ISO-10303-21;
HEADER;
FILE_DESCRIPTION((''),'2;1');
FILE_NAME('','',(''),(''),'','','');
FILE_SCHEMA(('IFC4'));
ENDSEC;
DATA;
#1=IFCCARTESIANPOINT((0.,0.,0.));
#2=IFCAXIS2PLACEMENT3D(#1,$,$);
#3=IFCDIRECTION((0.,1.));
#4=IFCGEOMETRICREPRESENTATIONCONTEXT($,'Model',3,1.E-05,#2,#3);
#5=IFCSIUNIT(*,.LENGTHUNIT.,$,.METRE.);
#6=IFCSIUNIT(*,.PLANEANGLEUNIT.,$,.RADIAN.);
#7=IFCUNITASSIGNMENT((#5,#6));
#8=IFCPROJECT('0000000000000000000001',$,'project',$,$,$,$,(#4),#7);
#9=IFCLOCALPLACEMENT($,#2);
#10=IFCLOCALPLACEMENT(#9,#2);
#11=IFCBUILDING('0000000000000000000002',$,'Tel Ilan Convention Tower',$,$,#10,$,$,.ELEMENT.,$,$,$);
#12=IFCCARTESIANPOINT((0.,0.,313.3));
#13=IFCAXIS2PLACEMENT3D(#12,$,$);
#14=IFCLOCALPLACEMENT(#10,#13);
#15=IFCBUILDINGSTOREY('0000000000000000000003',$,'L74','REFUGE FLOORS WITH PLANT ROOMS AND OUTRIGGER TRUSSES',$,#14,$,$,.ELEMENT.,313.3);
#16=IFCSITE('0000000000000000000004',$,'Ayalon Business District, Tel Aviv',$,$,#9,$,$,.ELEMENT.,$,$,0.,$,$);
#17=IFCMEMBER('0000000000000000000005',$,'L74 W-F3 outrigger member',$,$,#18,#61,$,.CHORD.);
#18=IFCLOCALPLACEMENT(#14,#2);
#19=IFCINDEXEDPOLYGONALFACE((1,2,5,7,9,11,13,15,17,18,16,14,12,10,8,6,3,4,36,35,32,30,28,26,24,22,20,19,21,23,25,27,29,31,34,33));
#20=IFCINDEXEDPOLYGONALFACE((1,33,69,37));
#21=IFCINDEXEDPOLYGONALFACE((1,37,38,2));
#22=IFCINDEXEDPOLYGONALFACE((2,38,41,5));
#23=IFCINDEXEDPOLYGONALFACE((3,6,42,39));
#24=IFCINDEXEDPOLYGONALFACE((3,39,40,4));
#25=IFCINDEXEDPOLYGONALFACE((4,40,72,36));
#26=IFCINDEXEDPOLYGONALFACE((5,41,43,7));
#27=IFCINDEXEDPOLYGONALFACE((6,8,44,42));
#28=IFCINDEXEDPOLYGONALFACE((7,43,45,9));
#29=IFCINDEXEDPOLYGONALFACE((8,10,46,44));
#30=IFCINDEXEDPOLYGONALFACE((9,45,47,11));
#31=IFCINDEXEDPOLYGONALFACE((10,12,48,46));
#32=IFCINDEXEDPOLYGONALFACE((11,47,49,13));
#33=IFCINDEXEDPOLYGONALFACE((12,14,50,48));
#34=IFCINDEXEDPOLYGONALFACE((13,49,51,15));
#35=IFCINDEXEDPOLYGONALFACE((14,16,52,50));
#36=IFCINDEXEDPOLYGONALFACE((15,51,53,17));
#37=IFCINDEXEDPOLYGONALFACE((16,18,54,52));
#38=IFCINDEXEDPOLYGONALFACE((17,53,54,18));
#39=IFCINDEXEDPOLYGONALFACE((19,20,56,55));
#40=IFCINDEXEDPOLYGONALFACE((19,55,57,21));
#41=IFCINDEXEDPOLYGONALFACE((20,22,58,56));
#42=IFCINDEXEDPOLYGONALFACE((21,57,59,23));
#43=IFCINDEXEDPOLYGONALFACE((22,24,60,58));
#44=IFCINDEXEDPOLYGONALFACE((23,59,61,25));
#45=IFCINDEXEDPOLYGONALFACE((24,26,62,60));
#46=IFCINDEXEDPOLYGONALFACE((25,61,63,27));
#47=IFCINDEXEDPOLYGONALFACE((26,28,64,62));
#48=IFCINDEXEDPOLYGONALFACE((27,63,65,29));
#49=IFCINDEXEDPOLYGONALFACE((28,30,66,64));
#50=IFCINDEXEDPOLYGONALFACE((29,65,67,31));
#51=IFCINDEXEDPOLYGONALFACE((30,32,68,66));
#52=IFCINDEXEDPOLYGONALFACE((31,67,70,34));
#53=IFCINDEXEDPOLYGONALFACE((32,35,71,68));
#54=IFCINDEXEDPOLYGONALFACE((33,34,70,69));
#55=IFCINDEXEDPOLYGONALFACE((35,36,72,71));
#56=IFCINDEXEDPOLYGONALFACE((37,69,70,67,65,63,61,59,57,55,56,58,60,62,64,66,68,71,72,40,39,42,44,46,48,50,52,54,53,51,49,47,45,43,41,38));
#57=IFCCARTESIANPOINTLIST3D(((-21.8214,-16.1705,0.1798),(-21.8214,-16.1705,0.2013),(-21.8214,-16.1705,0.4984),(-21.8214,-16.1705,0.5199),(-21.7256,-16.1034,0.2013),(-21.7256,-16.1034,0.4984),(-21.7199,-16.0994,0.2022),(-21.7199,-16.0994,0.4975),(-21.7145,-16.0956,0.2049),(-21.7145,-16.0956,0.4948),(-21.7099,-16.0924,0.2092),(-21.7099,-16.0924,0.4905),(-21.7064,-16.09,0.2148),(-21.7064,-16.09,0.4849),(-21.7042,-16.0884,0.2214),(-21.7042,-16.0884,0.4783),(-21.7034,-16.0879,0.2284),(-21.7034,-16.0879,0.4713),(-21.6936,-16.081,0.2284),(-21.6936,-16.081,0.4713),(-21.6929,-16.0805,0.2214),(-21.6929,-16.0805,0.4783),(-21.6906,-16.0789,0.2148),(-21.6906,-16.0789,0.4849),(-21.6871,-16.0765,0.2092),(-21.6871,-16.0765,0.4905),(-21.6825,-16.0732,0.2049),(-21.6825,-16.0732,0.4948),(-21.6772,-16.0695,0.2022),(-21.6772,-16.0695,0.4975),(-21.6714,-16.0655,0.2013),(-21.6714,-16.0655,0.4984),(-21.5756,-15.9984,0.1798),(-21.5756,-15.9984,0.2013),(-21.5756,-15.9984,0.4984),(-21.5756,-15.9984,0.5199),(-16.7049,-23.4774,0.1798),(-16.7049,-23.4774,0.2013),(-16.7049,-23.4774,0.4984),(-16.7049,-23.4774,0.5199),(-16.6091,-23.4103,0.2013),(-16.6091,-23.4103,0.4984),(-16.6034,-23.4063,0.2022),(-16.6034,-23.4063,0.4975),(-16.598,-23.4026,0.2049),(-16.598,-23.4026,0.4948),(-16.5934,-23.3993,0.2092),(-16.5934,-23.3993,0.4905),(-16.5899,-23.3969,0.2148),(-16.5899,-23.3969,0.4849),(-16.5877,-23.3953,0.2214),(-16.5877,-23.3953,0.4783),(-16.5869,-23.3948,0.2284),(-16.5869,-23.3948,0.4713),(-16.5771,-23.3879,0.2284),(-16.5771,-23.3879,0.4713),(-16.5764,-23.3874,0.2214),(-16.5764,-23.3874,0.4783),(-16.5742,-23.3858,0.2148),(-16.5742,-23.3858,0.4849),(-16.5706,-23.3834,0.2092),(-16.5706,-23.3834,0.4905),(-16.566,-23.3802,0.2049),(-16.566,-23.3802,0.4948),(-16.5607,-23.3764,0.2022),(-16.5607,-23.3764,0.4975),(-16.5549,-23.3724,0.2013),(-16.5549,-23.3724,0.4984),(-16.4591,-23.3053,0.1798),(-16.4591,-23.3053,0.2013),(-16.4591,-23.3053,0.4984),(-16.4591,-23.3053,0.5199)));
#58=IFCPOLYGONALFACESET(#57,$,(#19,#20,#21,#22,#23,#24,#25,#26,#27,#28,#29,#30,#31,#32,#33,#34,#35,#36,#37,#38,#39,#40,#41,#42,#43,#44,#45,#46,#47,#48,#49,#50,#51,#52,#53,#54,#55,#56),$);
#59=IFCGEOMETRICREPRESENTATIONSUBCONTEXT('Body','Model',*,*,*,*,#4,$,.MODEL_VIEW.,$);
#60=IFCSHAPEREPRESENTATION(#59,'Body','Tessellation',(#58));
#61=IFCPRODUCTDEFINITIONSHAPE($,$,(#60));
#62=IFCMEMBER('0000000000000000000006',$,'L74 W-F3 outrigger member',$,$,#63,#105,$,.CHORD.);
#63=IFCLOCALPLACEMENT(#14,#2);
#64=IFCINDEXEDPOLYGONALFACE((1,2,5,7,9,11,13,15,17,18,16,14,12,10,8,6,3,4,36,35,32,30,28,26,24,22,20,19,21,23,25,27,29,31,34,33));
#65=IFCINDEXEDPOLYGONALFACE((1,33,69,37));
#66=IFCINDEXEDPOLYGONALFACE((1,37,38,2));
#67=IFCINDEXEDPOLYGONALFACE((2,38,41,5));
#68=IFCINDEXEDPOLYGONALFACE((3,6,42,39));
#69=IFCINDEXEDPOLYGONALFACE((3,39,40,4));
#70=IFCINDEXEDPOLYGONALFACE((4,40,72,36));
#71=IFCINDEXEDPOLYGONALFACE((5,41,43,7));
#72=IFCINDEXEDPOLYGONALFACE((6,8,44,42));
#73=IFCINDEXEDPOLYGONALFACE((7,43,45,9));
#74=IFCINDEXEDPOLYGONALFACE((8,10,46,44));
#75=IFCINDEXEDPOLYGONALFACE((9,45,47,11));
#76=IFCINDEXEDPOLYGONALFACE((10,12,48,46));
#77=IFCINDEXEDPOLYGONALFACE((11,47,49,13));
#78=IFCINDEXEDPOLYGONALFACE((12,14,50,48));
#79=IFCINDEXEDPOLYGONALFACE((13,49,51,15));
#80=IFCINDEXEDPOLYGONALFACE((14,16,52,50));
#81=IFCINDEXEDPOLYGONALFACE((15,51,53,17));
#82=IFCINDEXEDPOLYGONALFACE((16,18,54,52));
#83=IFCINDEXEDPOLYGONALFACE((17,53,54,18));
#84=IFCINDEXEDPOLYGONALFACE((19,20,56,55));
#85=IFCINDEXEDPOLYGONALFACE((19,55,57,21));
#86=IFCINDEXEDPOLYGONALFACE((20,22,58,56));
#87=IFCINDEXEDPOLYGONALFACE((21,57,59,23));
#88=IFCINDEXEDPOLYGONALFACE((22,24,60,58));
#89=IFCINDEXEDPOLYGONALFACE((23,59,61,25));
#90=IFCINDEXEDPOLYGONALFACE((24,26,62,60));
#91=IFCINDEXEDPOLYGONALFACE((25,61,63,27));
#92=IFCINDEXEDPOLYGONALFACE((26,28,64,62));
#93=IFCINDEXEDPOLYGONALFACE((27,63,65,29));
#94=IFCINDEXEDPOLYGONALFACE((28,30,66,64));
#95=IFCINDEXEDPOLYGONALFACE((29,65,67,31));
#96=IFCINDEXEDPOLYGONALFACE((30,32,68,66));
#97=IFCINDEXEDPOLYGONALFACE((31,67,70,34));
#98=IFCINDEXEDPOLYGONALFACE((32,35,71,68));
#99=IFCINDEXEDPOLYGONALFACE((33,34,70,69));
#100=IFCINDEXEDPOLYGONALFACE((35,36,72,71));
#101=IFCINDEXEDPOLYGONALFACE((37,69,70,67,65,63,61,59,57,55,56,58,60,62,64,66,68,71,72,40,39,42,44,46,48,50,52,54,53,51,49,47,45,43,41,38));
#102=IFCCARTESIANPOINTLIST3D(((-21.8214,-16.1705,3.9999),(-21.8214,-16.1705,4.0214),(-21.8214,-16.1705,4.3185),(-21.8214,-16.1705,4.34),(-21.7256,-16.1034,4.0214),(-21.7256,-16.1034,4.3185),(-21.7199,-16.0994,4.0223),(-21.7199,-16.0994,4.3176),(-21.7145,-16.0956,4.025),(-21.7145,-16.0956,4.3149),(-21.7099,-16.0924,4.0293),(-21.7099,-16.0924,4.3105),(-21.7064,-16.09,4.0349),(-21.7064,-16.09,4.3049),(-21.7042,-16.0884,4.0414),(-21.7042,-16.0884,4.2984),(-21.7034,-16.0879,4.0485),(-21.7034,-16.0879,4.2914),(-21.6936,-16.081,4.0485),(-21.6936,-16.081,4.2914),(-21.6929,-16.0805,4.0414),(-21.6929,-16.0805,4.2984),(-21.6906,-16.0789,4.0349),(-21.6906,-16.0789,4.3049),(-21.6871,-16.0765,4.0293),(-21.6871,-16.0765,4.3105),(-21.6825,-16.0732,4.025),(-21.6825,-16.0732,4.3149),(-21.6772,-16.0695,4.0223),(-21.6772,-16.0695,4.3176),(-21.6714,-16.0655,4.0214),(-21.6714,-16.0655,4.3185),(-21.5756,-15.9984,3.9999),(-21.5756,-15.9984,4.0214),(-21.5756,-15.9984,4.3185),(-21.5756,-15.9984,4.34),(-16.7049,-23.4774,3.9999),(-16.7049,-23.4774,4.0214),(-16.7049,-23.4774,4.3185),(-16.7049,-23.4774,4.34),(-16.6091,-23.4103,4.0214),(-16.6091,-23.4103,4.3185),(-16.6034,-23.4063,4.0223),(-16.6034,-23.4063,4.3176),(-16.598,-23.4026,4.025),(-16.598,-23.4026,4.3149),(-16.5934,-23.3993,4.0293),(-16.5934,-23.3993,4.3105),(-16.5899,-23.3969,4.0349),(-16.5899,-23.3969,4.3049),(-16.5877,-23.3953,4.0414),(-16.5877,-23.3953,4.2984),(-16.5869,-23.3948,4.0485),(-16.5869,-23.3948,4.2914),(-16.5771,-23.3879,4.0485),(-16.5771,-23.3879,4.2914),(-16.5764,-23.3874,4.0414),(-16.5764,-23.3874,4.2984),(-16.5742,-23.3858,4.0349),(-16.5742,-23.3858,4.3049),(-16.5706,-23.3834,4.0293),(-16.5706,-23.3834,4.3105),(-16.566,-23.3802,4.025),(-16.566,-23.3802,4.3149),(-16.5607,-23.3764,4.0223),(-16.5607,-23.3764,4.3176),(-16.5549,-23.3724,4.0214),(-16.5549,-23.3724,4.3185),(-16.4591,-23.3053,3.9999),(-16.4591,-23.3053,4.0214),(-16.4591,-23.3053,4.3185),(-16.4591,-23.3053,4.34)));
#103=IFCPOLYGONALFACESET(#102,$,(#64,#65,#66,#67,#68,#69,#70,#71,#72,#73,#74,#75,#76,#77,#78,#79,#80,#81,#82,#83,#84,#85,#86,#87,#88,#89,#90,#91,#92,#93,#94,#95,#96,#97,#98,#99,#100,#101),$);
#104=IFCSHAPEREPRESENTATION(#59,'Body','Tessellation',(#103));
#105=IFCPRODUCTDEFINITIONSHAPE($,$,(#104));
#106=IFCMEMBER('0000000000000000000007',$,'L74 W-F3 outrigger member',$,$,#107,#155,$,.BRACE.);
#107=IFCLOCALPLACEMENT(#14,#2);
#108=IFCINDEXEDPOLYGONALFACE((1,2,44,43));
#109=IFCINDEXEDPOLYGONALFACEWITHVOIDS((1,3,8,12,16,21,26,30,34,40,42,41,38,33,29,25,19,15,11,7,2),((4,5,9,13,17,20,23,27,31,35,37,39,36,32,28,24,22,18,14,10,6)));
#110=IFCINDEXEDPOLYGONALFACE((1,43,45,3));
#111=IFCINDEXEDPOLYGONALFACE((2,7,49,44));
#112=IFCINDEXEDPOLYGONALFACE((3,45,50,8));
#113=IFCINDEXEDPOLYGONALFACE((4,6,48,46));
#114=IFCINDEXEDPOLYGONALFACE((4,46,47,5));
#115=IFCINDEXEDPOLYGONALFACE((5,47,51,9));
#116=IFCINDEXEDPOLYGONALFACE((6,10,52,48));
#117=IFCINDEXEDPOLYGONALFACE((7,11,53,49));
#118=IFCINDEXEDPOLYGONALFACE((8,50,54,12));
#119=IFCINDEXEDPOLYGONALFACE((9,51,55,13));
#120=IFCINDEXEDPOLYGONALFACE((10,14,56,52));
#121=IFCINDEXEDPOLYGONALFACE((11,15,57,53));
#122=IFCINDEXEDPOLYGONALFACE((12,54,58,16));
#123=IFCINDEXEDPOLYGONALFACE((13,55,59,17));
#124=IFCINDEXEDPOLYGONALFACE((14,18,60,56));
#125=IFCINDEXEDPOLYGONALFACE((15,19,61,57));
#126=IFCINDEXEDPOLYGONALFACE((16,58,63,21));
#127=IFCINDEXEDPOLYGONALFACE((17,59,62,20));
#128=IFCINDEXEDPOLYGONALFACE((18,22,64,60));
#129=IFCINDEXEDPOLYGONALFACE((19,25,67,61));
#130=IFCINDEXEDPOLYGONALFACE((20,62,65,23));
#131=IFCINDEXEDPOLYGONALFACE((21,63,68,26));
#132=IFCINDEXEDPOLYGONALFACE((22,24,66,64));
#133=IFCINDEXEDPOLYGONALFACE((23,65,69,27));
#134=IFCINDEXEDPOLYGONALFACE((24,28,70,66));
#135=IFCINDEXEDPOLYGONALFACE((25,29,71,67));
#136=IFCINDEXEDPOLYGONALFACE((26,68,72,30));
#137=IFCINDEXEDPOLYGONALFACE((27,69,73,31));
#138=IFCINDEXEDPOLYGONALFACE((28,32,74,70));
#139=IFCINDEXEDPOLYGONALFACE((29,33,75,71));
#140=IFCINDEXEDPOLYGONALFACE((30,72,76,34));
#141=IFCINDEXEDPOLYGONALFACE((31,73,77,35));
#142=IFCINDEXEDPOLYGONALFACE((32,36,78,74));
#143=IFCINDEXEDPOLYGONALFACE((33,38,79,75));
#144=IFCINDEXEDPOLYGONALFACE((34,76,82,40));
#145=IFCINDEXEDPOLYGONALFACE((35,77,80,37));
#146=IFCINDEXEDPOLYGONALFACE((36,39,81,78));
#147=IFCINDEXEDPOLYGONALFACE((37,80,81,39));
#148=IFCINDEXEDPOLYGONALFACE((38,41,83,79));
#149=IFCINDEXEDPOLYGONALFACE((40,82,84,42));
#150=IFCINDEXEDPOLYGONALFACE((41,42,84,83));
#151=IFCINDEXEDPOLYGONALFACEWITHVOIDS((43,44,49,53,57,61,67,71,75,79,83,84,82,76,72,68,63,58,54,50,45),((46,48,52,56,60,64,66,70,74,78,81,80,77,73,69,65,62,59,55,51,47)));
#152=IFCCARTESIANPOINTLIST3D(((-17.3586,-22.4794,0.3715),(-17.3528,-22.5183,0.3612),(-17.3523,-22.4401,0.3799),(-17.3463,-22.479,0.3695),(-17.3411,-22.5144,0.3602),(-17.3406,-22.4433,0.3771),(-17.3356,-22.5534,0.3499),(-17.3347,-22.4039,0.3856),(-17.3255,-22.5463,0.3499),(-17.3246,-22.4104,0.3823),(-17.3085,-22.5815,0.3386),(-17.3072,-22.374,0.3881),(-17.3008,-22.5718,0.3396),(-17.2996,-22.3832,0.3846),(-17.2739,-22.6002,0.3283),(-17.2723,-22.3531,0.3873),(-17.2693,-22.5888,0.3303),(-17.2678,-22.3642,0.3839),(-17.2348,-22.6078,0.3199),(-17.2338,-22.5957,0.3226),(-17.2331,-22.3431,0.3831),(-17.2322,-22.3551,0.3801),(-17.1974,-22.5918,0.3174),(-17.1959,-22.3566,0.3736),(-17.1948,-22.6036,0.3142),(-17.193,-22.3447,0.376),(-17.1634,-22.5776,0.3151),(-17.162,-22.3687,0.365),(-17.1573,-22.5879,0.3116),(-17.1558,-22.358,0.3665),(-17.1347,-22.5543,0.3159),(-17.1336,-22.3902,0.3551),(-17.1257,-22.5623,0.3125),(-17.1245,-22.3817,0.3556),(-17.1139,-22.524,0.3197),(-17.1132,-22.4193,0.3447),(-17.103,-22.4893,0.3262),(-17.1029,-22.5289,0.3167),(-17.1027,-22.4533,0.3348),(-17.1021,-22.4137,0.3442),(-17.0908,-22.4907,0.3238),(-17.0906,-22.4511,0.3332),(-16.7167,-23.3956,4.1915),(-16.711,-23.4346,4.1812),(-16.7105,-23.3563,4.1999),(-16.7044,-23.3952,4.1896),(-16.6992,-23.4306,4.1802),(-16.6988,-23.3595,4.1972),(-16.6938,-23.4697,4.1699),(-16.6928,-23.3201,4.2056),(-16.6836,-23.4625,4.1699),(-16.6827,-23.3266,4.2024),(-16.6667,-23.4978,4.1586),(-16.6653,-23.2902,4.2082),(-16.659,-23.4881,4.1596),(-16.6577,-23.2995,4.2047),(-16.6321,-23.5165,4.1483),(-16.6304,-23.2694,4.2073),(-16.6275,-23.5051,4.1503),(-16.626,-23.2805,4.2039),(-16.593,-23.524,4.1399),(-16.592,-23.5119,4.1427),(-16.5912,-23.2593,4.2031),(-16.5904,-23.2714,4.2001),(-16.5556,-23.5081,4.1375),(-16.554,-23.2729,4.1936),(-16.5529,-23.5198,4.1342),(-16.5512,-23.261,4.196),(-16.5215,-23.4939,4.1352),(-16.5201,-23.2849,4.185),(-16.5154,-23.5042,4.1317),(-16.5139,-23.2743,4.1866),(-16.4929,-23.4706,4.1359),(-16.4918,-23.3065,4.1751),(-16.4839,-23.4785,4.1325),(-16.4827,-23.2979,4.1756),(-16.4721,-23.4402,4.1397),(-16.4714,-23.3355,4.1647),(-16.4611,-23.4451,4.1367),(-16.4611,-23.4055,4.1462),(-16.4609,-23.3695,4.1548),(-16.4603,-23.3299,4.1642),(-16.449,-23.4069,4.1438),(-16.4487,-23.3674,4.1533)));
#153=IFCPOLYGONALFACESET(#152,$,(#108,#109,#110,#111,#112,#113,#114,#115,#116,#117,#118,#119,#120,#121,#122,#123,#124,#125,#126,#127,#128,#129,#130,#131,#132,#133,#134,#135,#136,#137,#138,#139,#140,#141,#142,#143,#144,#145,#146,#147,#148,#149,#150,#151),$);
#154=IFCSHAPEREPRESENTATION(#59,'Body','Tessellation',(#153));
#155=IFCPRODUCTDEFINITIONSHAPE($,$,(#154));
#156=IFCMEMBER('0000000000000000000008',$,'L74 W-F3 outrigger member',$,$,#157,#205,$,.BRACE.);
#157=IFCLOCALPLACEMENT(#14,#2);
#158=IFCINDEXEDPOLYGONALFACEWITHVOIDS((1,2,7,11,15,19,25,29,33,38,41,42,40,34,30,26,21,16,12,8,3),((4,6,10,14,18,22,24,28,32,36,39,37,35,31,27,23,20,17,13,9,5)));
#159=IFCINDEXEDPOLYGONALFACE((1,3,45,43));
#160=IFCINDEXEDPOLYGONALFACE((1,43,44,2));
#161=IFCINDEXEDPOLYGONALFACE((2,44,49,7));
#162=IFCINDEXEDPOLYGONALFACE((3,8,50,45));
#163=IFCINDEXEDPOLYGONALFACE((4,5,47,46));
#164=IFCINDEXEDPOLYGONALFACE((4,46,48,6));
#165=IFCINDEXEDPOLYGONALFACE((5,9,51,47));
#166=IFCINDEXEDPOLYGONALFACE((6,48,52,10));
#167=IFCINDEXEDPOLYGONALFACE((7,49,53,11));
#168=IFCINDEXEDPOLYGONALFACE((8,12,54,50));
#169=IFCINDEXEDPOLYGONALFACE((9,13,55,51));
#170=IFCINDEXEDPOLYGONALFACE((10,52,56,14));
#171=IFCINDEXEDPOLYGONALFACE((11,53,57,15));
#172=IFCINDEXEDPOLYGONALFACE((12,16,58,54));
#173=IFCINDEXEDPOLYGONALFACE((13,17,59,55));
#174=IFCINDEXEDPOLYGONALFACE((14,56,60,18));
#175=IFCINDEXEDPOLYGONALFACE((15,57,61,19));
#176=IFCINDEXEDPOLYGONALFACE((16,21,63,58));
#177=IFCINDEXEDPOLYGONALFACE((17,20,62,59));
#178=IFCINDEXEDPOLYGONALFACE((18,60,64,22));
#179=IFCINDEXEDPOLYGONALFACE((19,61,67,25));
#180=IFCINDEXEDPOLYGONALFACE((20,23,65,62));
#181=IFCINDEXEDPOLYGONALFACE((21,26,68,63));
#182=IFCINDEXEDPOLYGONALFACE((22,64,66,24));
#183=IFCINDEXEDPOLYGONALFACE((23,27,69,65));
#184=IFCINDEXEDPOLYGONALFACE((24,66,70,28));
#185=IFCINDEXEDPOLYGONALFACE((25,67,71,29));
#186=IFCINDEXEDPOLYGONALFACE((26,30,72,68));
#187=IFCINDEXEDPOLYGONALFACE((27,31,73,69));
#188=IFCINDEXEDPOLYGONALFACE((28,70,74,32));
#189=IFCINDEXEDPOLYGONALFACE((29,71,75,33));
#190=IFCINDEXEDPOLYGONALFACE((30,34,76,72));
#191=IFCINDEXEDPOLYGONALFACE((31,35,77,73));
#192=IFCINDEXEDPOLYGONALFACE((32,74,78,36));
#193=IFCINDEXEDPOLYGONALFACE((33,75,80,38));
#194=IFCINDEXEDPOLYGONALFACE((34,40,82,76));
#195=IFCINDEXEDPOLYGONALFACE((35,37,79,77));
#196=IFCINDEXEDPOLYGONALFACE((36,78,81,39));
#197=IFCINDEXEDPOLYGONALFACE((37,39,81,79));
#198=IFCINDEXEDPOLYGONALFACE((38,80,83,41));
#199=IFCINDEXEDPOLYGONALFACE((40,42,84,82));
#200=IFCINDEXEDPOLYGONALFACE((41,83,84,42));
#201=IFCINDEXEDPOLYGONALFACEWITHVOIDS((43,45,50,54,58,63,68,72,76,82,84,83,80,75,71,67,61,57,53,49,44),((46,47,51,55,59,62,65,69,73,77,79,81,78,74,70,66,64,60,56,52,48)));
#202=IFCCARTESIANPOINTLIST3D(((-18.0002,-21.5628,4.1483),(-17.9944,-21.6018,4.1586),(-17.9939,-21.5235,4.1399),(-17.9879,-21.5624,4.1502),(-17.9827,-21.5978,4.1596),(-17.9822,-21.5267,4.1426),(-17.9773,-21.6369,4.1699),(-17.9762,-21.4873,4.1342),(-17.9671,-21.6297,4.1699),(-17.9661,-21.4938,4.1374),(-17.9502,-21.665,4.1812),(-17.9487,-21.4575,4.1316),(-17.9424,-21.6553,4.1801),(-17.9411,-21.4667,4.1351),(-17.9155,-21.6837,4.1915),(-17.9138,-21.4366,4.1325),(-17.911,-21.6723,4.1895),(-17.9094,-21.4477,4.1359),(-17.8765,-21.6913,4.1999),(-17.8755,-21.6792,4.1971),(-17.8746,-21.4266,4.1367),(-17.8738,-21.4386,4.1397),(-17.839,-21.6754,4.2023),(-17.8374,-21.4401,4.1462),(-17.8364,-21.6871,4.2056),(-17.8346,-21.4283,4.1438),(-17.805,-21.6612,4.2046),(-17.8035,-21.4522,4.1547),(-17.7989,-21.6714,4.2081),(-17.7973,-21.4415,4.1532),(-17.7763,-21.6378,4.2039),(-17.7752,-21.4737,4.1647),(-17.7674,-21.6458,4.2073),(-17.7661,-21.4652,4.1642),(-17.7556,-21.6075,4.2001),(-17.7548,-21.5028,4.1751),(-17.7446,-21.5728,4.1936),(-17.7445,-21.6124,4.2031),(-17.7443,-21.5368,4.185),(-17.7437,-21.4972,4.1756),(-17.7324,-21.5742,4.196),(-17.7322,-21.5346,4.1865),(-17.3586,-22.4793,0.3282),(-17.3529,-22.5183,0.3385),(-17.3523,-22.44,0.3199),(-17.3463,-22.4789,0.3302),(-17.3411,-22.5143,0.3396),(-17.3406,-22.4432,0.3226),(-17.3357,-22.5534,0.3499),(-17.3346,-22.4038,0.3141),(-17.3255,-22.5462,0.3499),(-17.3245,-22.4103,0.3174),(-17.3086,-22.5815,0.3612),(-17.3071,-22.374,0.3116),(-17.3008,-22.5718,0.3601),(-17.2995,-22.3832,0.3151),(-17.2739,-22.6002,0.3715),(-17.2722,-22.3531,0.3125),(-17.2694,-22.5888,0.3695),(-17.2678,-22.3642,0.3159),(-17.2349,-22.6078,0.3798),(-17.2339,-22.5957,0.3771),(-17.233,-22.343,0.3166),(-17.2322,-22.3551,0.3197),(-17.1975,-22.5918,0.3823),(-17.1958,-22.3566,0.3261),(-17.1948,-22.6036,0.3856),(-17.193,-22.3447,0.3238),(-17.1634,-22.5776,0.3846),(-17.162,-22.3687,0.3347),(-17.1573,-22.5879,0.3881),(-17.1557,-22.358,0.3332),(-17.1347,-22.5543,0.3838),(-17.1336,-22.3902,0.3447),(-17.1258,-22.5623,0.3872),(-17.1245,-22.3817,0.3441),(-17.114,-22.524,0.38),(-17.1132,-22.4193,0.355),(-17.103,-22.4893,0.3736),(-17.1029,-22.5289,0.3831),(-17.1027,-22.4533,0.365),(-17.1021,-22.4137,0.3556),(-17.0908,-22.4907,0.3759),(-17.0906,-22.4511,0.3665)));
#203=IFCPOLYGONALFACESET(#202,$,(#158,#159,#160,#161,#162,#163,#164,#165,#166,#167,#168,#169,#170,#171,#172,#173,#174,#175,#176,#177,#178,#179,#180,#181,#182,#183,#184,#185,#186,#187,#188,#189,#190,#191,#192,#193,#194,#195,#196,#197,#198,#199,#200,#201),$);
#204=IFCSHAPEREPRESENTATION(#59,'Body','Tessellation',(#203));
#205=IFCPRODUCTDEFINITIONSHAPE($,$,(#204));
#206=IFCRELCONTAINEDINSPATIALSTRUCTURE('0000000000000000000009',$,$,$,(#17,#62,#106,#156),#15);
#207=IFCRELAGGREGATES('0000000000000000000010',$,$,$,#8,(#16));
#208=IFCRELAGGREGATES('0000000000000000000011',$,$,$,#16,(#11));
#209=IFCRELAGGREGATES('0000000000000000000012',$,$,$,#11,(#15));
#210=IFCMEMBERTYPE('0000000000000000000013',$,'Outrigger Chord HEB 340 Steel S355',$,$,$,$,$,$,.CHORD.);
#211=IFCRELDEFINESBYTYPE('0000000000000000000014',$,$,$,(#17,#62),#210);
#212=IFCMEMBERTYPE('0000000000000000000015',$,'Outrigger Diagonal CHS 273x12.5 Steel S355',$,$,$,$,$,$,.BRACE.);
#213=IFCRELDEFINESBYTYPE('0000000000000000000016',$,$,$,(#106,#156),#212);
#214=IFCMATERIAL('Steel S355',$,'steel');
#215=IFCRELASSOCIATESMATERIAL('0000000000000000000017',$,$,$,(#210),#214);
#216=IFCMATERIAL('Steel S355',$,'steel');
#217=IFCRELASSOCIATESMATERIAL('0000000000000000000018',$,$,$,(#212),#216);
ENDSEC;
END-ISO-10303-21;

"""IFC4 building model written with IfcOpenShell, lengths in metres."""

from ifc_helpers import new_model, si_unit, direction, frame, origin, origin_2d, place, context, subcontext, project, spatial, hollow_circle, i_section, extrude, material, material_profile, profile_set, type_object, element, save


model = new_model("IFC4")

# Units and contexts
model_context = context("Model", 3, precision=1e-05, world=origin(), true_north=direction((0.0, 1.0)))
body_context = subcontext(model_context, "Body", "Model", "MODEL_VIEW")
ifc_project = project(units=[si_unit("LENGTHUNIT", "METRE"), si_unit("PLANEANGLEUNIT", "RADIAN")], contexts=[model_context])

# Site, building, storey
site_placement = place(None, origin())
site = spatial("IfcSite", under=ifc_project, at=site_placement, Name="Ayalon Business District, Tel Aviv", CompositionType="ELEMENT", RefElevation=0.0)
building_placement = place(site_placement, origin())
building = spatial("IfcBuilding", under=site, at=building_placement, Name="Tel Ilan Convention Tower", CompositionType="ELEMENT")
storey_placement = place(building_placement, frame((0.0, 0.0, 313.3)))
storey = spatial("IfcBuildingStorey", under=building, at=storey_placement, Name="L74", Description="REFUGE FLOORS WITH PLANT ROOMS AND OUTRIGGER TRUSSES", CompositionType="ELEMENT", Elevation=313.3)

# Members
ifc_material_1 = material(Name="Steel S355", Category="steel")
ifc_material_profile_1 = material_profile(ifc_material_1, i_section(OverallWidth=0.3, OverallDepth=0.3401, WebThickness=0.012, FlangeThickness=0.0215, FilletRadius=0.0271, at=origin_2d()), Name="HEB 340")
ifc_profile_set_1 = profile_set([ifc_material_profile_1], Name="Steel S355")
member_type_1 = type_object("IfcMemberType", Name="Outrigger Chord HEB 340 Steel S355", PredefinedType="CHORD", material=ifc_profile_set_1)
for number, where, z_axis, x_axis, name in (
    (1, (-16.582, -23.3914, 0.3499), (-0.573585, 0.819146, 0.0), (-0.819146, -0.573585, 0.0), "L74 W-F3 outrigger member"),
    (2, (-16.582, -23.3914, 4.1699), (-0.573585, 0.819146, 0.0), (-0.819146, -0.573585, 0.0), "L74 W-F3 outrigger member"),
):
    element("IfcMember", number, at=place(storey_placement, frame(where, z_axis=z_axis, x_axis=x_axis)), inside=storey, type_object=member_type_1, Name=name, PredefinedType="CHORD", context=body_context, shape_type="SweptSolid", body=[
        extrude(i_section(OverallWidth=0.3, OverallDepth=0.3401, WebThickness=0.012, FlangeThickness=0.0215, FilletRadius=0.0271, at=origin_2d()), origin(), (0.0, 0.0, 1.0), 8.9202),
    ])
ifc_material_2 = material(Name="Steel S355", Category="steel")
ifc_material_profile_2 = material_profile(ifc_material_2, hollow_circle(Radius=0.1365, WallThickness=0.0125, at=origin_2d()), Name="CHS 273x12.5")
ifc_profile_set_2 = profile_set([ifc_material_profile_2], Name="Steel S355")
member_type_2 = type_object("IfcMemberType", Name="Outrigger Diagonal CHS 273x12.5 Steel S355", PredefinedType="BRACE", material=ifc_profile_set_2)
for number, where, z_axis, x_axis, name in (
    (3, (-16.582, -23.3914, 4.1699), (-0.161247, 0.230187, -0.959694), (-0.819037, -0.573741, 0.0), "L74 W-F3 outrigger member"),
    (4, (-17.2239, -22.4751, 0.3499), (-0.161185, 0.230247, 0.95969), (-0.819211, -0.573492, 0.0), "L74 W-F3 outrigger member"),
):
    element("IfcMember", number, at=place(storey_placement, frame(where, z_axis=z_axis, x_axis=x_axis)), inside=storey, type_object=member_type_2, Name=name, PredefinedType="BRACE", context=body_context, shape_type="SweptSolid", body=[
        extrude(hollow_circle(Radius=0.1365, WallThickness=0.0125, at=origin_2d()), origin(), (0.0, 0.0, 1.0), 3.9805),
    ])

save(model, "model.ifc")
